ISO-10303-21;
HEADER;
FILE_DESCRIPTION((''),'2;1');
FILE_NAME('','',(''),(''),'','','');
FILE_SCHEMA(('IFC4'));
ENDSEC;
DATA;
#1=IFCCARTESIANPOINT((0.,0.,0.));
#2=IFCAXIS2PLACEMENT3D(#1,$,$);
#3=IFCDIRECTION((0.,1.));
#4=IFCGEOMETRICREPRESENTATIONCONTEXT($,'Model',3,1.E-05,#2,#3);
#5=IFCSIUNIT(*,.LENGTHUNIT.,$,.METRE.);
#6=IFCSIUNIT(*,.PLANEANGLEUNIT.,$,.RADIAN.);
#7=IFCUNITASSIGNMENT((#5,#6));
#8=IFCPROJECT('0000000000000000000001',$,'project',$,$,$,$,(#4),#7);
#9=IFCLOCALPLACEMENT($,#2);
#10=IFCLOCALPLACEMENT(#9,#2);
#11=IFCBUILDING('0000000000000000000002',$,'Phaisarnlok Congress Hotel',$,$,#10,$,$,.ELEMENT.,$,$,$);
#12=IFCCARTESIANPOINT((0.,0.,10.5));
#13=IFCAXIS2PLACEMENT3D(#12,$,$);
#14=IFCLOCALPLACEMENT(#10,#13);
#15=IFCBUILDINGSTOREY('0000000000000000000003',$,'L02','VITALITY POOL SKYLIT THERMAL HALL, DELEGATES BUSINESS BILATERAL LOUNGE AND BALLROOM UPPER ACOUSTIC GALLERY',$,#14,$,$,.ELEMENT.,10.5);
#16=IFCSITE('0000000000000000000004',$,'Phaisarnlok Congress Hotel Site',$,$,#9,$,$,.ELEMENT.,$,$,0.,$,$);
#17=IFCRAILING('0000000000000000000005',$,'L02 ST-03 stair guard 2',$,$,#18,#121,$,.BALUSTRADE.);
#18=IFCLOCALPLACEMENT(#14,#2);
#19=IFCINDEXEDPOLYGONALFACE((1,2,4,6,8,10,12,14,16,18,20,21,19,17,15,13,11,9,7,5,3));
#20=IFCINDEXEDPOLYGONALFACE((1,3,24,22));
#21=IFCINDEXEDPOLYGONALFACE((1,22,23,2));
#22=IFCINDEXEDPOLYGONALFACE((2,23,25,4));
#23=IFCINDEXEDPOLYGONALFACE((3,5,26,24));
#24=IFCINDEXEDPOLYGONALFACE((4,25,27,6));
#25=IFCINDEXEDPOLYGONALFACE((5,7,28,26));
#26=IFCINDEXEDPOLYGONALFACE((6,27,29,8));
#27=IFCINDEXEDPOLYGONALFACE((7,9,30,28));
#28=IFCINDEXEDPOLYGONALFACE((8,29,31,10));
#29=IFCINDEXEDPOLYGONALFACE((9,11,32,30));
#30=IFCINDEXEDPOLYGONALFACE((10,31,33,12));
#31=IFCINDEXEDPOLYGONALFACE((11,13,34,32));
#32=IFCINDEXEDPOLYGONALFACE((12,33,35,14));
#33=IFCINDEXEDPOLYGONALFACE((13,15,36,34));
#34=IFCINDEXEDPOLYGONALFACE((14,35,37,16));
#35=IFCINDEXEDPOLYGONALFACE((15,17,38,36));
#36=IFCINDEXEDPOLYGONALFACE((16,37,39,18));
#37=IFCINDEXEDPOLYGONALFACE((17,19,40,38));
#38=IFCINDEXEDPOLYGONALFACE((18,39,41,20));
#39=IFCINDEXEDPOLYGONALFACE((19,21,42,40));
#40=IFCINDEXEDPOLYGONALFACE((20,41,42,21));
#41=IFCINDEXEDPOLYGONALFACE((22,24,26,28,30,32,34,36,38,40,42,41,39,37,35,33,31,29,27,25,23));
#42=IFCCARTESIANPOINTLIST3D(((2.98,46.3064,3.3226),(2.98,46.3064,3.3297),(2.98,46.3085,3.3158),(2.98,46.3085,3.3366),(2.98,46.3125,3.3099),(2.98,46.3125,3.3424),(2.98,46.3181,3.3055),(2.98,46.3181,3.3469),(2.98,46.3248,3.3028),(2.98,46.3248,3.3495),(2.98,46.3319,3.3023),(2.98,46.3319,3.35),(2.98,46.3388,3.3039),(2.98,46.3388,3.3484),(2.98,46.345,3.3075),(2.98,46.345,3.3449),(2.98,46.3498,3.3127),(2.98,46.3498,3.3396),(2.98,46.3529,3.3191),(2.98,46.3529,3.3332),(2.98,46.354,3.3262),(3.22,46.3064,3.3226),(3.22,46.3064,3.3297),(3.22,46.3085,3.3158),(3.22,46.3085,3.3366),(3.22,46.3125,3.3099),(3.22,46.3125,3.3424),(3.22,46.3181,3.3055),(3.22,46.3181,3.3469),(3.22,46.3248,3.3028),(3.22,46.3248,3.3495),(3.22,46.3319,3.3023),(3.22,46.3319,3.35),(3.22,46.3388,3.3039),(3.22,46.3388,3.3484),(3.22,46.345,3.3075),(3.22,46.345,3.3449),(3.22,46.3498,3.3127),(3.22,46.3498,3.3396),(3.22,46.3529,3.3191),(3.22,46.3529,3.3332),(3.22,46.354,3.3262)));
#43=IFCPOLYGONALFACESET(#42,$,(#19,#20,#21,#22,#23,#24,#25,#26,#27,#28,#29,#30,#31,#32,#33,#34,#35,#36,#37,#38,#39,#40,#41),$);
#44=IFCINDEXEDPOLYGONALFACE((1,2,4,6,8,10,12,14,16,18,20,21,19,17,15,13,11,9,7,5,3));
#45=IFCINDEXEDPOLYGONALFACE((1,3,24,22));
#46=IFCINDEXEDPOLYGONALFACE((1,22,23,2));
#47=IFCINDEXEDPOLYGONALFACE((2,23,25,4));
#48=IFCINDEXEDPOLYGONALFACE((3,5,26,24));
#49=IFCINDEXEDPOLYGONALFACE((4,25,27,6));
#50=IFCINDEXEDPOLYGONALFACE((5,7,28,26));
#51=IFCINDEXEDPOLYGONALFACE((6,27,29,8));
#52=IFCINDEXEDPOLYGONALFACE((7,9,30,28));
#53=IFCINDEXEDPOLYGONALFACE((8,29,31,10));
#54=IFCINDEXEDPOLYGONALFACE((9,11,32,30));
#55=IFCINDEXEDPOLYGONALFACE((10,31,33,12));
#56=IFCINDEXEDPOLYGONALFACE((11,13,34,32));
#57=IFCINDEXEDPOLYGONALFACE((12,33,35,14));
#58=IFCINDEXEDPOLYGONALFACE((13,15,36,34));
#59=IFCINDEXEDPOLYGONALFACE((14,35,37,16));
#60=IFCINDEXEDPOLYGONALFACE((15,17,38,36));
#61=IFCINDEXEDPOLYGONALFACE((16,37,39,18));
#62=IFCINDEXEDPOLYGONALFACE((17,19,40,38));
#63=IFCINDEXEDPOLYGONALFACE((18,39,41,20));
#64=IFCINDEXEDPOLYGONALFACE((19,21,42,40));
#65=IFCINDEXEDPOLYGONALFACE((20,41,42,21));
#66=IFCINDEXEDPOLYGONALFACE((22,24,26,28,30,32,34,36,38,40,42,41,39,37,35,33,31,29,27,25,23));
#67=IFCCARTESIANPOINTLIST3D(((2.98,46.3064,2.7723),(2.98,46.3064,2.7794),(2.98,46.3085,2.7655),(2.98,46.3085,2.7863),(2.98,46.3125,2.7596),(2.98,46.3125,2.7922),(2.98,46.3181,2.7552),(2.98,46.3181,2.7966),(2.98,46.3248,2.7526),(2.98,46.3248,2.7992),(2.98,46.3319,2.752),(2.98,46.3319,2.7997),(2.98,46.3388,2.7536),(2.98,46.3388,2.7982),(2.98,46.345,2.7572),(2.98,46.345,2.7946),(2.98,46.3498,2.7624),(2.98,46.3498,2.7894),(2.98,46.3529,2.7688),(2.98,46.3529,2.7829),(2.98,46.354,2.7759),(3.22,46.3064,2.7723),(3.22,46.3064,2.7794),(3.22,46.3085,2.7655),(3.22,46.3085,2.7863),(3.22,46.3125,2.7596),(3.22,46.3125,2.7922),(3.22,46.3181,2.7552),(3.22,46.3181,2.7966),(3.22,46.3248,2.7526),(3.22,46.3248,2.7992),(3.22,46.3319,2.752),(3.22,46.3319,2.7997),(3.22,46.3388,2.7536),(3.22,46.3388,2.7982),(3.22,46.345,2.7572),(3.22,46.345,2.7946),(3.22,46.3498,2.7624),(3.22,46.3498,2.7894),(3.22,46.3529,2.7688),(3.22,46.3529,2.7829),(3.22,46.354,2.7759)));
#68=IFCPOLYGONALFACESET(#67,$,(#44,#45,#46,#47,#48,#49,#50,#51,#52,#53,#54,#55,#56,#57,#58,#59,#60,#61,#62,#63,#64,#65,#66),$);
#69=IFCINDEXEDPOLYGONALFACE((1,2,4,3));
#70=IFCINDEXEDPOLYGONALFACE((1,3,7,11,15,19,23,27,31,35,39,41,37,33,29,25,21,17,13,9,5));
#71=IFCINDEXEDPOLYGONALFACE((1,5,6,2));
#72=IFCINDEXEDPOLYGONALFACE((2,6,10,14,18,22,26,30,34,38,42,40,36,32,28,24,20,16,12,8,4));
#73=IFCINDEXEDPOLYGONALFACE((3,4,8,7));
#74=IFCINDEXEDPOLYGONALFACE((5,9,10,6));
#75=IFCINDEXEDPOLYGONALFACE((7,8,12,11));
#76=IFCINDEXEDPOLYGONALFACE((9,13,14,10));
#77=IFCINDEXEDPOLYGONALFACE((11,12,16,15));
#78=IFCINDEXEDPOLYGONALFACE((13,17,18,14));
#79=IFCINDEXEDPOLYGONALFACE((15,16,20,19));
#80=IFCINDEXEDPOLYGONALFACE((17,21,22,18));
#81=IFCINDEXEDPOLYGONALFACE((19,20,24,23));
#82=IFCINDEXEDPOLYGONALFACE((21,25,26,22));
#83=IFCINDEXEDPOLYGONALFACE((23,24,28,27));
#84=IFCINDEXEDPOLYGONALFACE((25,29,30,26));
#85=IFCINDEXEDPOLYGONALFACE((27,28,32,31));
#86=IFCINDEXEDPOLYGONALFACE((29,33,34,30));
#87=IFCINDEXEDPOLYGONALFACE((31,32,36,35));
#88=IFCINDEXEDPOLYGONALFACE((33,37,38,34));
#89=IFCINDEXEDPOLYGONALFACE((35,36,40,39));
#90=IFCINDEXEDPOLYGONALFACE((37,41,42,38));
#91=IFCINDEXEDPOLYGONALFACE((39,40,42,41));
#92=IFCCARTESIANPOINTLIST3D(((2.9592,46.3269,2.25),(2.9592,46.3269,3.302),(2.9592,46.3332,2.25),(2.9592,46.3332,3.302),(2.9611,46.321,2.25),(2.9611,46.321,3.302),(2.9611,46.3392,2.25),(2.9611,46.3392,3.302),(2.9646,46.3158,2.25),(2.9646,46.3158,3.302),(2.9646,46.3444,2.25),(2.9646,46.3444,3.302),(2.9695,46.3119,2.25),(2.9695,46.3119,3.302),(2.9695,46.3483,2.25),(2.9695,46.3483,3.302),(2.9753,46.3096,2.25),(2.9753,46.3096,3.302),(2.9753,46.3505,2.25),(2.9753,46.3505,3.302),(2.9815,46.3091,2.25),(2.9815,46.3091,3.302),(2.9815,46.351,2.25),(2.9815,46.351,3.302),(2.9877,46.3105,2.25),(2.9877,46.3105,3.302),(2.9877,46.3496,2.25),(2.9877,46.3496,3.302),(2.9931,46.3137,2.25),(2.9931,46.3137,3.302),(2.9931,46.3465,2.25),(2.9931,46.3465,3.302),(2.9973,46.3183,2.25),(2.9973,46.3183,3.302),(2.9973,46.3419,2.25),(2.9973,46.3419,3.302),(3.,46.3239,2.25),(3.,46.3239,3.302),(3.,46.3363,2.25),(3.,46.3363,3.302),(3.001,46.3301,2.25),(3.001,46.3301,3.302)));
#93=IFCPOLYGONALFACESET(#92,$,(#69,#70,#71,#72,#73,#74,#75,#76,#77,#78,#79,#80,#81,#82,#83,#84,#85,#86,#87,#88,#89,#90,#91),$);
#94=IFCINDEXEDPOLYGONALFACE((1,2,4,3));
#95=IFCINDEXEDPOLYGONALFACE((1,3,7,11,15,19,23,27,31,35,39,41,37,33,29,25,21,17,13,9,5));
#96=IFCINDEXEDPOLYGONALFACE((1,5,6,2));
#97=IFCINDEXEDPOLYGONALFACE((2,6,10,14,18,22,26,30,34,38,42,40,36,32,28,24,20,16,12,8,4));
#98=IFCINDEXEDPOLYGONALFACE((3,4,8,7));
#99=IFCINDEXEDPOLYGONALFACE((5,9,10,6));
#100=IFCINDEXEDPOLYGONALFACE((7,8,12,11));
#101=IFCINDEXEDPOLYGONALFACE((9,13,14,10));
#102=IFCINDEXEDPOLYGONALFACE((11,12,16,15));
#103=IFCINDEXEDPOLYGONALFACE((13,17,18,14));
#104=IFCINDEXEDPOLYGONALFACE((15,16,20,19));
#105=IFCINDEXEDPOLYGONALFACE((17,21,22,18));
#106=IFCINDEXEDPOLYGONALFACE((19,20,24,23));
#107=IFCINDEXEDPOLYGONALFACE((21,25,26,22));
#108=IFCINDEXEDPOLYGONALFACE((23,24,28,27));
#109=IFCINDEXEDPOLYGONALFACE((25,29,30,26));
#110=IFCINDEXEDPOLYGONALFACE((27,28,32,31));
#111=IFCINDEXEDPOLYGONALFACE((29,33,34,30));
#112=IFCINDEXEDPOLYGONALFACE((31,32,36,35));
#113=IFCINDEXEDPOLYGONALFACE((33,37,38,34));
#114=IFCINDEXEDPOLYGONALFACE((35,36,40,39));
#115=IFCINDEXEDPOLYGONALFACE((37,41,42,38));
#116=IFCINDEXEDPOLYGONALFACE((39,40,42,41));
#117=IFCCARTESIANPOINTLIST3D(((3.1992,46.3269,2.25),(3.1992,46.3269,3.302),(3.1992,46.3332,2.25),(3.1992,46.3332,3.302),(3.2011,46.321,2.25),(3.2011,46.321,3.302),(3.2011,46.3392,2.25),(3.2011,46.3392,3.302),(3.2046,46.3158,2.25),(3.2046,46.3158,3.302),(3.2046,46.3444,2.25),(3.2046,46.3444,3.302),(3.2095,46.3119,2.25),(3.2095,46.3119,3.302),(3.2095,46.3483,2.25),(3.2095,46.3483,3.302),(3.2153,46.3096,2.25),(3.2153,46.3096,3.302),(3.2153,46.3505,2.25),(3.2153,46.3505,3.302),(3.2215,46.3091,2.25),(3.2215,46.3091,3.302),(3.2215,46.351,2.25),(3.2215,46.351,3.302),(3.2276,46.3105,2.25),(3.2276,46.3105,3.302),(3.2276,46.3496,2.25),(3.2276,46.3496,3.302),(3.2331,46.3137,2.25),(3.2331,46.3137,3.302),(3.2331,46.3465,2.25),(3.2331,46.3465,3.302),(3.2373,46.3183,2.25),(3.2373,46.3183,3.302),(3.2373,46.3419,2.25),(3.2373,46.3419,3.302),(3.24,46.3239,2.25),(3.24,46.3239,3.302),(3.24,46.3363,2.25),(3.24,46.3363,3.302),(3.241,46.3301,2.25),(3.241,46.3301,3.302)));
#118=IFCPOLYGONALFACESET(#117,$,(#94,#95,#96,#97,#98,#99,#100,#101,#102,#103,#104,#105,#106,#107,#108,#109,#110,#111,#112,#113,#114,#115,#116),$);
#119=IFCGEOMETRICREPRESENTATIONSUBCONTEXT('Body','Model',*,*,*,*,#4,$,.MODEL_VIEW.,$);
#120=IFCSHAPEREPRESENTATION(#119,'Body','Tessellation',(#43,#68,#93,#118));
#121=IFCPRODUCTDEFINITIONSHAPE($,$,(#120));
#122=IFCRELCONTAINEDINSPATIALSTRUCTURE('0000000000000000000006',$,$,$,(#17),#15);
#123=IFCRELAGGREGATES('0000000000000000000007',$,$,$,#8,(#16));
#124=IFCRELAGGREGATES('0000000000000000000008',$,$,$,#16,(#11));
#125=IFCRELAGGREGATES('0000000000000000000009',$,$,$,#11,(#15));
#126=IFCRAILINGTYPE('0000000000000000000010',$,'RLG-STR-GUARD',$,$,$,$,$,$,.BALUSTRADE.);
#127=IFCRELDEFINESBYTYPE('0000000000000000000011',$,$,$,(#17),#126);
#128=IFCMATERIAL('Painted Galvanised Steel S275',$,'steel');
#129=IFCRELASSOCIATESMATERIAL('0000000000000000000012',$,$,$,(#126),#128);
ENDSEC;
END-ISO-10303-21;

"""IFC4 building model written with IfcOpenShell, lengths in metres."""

from ifc_helpers import new_model, si_unit, direction, frame, origin, origin_2d, place, context, subcontext, project, spatial, circle, extrude, material, type_object, element, save


model = new_model("IFC4")

# Units and contexts
model_context = context("Model", 3, precision=1e-05, world=origin(), true_north=direction((0.0, 1.0)))
body_context = subcontext(model_context, "Body", "Model", "MODEL_VIEW")
ifc_project = project(units=[si_unit("LENGTHUNIT", "METRE"), si_unit("PLANEANGLEUNIT", "RADIAN")], contexts=[model_context])

# Site, building, storey
site_placement = place(None, origin())
site = spatial("IfcSite", under=ifc_project, at=site_placement, Name="Phaisarnlok Congress Hotel Site", CompositionType="ELEMENT", RefElevation=0.0)
building_placement = place(site_placement, origin())
building = spatial("IfcBuilding", under=site, at=building_placement, Name="Phaisarnlok Congress Hotel", CompositionType="ELEMENT")
storey_placement = place(building_placement, frame((0.0, 0.0, 10.5)))
storey = spatial("IfcBuildingStorey", under=building, at=storey_placement, Name="L02", Description="VITALITY POOL SKYLIT THERMAL HALL, DELEGATES BUSINESS BILATERAL LOUNGE AND BALLROOM UPPER ACOUSTIC GALLERY", CompositionType="ELEMENT", Elevation=10.5)

# Railing
ifc_material_1 = material(Name="Painted Galvanised Steel S275", Category="steel")
railing_type_1 = type_object("IfcRailingType", Name="RLG-STR-GUARD", PredefinedType="BALUSTRADE", material=ifc_material_1)
railing_1_placement = place(storey_placement, frame((2.98, 46.3301, 2.25)))
element("IfcRailing", 1, at=railing_1_placement, inside=storey, type_object=railing_type_1, Name="L02 ST-03 stair guard 2", PredefinedType="BALUSTRADE", context=body_context, shape_type="SweptSolid", body=[
    extrude(circle(Radius=0.0239, at=origin_2d()), frame((0.0, 0.0, 1.0762), z_axis=(1.0, 0.0, 0.0), x_axis=(0.0, 1.0, 0.0)), (0.0, 0.0, 1.0), 0.24),
    extrude(circle(Radius=0.0239, at=origin_2d()), frame((0.0, 0.0, 0.5259), z_axis=(1.0, 0.0, 0.0), x_axis=(0.0, 1.0, 0.0)), (0.0, 0.0, 1.0), 0.24),
    extrude(circle(Radius=0.021, at=origin_2d()), origin(), (0.0, 0.0, 1.0), 1.052),
    extrude(circle(Radius=0.021, at=origin_2d()), frame((0.24, 0.0, 0.0)), (0.0, 0.0, 1.0), 1.052),
])

save(model, "model.ifc")
